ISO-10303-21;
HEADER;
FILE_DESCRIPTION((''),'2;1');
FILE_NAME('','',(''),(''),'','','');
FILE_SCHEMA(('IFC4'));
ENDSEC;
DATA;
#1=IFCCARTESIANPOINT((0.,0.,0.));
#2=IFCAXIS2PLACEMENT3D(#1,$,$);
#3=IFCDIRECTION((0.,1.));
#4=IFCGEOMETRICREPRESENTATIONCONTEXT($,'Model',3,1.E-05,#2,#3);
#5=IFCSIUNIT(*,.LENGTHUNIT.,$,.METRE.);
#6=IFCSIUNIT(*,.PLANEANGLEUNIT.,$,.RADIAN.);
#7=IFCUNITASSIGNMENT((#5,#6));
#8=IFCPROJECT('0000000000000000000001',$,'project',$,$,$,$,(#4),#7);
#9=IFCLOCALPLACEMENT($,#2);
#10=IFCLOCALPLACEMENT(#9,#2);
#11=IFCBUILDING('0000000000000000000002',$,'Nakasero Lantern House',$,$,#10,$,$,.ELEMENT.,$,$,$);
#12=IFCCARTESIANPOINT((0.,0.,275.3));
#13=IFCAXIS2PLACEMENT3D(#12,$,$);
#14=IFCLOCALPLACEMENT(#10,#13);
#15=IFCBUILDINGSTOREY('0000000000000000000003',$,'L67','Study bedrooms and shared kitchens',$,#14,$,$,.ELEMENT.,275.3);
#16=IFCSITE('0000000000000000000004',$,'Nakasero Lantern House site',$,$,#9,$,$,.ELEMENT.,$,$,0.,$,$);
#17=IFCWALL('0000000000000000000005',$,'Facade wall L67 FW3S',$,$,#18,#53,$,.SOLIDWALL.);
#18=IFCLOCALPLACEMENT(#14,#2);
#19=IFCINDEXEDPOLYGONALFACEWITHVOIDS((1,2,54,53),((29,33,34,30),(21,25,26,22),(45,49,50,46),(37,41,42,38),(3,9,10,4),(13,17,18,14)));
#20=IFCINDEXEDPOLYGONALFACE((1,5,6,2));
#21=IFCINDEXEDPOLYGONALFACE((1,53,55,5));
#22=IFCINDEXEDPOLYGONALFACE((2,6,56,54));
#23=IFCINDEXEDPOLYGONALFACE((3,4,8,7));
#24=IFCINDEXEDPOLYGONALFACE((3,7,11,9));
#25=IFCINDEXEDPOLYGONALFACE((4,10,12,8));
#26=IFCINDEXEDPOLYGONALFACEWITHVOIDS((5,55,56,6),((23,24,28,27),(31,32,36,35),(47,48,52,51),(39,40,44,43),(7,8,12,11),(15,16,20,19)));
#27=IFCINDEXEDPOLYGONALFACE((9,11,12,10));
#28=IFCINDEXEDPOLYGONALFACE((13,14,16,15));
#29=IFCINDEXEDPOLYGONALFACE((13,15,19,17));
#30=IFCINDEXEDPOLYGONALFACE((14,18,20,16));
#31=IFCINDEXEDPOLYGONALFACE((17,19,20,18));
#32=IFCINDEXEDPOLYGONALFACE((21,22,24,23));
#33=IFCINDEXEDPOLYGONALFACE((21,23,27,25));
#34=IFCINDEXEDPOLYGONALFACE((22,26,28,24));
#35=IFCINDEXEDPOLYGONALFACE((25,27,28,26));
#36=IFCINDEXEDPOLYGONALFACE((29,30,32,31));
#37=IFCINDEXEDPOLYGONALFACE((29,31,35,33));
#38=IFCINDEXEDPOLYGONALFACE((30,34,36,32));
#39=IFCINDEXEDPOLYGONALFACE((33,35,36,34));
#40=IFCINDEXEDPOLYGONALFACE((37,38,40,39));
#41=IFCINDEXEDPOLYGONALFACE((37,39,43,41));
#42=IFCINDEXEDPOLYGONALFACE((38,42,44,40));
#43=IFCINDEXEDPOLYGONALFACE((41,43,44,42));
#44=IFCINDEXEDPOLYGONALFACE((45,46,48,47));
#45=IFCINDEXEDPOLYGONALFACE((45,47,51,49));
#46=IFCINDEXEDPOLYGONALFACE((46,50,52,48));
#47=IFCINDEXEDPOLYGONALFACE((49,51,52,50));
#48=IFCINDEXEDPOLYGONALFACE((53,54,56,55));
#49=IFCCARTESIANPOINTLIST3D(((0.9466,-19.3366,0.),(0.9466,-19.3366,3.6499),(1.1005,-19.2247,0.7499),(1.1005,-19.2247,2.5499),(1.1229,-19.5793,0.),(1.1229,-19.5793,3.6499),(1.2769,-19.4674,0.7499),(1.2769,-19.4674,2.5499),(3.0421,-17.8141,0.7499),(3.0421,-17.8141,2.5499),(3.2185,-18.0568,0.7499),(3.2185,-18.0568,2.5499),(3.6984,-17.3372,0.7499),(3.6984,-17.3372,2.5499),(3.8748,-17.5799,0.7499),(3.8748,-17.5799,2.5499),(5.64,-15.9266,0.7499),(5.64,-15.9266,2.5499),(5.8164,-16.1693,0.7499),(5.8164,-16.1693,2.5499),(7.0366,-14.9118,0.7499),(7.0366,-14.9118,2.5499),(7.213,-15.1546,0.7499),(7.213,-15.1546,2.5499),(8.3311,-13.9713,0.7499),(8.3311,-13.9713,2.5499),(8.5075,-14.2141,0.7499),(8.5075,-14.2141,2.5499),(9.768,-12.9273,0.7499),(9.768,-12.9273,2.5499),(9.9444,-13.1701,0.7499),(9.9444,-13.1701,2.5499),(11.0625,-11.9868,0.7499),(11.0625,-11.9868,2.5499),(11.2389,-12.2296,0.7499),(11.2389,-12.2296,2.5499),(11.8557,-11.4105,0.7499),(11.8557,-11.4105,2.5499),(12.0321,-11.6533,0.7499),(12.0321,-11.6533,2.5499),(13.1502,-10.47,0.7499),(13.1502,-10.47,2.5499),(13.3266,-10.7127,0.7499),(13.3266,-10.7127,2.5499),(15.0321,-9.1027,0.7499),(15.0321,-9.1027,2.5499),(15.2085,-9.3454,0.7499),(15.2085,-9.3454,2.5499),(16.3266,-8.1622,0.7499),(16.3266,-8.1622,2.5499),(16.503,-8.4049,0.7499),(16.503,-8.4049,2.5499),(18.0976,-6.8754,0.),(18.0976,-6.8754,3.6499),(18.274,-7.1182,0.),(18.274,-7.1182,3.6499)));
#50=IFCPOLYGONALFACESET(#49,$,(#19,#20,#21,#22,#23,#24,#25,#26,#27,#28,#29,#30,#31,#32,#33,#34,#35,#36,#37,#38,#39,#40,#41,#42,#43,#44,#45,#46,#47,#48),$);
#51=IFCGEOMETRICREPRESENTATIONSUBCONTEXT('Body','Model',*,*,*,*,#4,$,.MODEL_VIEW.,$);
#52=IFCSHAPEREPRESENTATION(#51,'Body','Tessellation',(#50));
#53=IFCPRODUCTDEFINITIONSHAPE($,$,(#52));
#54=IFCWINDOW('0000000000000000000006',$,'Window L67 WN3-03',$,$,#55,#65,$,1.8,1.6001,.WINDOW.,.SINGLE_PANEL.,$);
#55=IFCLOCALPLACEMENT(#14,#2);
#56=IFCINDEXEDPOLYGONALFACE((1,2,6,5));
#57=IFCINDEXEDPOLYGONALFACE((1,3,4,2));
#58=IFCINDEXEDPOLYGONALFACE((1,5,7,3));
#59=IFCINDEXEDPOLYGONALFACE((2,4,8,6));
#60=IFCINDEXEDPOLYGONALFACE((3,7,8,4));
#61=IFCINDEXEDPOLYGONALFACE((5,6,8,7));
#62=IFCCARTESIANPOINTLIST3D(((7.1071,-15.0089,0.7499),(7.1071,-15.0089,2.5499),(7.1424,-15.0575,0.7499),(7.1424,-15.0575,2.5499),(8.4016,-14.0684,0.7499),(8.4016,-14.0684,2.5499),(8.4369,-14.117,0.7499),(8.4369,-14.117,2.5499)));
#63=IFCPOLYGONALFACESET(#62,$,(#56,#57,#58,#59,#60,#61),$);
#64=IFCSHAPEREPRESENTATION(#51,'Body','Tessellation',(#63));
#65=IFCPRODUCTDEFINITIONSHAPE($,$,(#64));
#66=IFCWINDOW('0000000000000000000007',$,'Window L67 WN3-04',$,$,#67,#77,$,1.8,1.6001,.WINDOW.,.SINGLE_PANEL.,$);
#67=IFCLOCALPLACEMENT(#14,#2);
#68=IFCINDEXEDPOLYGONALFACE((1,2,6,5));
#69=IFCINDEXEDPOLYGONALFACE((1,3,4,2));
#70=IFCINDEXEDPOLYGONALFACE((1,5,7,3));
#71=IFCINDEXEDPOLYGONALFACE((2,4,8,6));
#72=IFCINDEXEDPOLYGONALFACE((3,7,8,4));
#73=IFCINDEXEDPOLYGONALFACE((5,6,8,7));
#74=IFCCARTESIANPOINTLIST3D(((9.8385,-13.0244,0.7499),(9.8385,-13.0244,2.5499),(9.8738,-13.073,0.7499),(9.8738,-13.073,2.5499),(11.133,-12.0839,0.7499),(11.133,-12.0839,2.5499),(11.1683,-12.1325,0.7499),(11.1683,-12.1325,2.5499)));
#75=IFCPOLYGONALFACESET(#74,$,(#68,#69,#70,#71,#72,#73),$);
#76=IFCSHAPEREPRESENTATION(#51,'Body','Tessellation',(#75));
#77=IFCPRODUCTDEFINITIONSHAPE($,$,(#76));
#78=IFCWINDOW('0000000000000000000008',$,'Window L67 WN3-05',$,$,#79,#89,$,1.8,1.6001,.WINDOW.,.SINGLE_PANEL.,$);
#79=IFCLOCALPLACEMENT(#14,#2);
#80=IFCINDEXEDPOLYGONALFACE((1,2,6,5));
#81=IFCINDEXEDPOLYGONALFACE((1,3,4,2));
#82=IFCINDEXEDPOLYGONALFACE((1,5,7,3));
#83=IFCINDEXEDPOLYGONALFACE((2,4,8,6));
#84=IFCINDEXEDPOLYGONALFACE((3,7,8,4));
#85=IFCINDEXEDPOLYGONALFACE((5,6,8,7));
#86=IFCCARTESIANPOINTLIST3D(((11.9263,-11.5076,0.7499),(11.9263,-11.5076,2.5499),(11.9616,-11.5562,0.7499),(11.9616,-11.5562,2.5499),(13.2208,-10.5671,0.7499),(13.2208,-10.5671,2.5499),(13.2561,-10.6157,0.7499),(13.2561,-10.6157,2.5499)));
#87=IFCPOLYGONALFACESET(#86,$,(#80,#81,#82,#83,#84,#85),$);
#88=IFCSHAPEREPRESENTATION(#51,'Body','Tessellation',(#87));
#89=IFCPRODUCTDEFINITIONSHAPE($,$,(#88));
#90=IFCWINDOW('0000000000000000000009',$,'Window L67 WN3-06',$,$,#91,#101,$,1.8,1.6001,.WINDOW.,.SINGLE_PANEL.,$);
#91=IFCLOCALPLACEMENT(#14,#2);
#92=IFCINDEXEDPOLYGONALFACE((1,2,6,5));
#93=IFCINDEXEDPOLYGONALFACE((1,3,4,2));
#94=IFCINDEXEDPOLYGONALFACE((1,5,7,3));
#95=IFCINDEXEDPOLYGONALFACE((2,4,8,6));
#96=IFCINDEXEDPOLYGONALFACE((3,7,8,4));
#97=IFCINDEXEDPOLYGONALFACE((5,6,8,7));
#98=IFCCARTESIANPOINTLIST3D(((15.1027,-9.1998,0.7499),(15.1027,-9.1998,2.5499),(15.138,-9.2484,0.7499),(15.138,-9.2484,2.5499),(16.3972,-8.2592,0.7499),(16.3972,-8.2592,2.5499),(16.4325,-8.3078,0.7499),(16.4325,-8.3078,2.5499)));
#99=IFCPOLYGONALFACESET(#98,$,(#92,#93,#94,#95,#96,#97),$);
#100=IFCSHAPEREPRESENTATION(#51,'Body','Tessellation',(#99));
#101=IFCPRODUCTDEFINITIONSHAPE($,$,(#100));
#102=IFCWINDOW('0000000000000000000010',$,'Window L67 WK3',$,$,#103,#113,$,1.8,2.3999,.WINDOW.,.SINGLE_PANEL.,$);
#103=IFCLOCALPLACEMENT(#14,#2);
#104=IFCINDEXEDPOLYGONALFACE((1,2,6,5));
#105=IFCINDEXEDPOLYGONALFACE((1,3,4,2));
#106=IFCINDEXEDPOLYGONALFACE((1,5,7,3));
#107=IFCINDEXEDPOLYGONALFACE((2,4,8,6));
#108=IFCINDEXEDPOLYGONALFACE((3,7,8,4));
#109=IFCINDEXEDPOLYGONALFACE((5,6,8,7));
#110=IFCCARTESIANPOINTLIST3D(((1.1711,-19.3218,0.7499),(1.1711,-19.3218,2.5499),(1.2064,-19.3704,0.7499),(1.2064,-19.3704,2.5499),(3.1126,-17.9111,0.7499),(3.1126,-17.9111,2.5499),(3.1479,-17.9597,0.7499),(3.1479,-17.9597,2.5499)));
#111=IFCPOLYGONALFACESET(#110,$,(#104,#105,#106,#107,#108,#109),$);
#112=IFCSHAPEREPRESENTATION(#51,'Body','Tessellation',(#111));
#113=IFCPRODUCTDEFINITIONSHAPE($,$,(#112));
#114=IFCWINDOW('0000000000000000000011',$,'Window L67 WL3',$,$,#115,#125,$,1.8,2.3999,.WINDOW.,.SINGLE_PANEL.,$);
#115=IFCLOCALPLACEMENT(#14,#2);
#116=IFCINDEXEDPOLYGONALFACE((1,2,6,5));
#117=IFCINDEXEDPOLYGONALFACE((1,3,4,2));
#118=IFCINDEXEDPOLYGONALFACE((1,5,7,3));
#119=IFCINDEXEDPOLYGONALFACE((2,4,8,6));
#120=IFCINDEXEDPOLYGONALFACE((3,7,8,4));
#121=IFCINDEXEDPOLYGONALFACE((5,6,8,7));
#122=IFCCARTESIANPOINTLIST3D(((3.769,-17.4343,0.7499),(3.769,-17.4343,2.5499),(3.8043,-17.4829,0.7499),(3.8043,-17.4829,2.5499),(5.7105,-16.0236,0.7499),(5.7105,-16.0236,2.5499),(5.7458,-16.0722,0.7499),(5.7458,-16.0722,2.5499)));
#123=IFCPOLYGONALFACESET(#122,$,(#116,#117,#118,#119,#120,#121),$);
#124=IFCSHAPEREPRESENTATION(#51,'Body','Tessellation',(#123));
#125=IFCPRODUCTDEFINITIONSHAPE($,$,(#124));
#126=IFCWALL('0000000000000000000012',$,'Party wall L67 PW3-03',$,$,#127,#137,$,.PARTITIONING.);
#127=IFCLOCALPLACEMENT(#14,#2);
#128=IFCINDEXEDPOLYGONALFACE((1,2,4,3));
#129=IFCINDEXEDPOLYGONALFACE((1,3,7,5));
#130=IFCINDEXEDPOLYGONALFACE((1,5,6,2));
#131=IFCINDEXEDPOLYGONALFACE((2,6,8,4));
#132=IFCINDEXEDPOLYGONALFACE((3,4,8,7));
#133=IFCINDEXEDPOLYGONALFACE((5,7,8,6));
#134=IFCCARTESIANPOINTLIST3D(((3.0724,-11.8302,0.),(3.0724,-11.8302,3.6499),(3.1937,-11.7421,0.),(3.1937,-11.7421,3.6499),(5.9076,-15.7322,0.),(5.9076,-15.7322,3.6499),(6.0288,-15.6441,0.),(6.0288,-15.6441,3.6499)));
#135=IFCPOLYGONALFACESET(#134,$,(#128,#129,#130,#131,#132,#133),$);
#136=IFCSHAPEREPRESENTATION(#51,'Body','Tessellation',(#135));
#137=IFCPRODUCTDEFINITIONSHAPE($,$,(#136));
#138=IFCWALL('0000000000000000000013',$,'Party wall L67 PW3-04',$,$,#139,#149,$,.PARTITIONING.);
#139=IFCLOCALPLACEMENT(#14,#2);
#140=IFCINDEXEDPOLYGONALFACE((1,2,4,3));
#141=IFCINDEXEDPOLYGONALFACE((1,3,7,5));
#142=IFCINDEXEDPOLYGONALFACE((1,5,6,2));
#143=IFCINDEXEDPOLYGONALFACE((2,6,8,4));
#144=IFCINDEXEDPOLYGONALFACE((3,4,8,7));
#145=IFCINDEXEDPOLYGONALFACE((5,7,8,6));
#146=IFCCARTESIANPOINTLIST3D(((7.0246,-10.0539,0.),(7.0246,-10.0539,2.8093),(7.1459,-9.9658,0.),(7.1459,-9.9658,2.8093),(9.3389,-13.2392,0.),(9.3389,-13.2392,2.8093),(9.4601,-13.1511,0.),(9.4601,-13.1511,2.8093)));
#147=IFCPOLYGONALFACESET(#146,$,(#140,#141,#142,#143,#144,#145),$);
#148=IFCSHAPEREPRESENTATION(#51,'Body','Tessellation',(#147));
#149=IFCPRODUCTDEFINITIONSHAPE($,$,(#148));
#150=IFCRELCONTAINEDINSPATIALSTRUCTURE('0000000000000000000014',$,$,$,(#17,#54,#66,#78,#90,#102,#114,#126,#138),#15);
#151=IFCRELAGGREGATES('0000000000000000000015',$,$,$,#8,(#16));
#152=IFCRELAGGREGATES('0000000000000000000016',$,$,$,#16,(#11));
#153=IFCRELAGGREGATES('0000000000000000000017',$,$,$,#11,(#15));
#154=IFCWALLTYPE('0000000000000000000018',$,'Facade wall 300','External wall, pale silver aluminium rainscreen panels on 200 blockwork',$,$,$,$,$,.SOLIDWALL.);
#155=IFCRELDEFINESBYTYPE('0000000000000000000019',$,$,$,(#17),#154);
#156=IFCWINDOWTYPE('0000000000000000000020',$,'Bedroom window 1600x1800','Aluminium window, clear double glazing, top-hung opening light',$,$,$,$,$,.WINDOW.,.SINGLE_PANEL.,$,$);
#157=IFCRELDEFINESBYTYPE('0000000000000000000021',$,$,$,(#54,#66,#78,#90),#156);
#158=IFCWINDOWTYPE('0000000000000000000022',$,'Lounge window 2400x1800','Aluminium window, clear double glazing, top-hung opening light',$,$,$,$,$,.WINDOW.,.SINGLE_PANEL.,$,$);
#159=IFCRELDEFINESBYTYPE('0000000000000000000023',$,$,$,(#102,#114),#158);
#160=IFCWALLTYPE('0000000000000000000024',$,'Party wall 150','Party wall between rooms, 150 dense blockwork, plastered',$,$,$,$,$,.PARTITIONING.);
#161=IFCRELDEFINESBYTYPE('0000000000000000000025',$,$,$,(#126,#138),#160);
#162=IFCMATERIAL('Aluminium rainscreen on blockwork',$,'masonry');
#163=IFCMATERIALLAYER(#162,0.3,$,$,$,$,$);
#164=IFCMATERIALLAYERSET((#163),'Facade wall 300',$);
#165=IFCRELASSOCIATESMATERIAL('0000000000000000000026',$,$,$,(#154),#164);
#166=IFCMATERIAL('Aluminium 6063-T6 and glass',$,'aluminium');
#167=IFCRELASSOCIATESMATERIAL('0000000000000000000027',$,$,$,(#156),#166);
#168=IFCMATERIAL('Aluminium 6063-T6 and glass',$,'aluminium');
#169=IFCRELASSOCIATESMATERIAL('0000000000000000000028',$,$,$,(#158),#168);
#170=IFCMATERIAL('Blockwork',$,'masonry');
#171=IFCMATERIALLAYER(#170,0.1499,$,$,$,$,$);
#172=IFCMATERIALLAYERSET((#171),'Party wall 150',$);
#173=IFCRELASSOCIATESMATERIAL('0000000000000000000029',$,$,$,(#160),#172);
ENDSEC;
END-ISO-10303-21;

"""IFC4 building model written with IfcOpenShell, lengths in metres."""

from ifc_helpers import new_model, si_unit, direction, frame, frame_2d, origin, place, context, subcontext, project, spatial, rectangle, extrude, material, layer, layer_set, type_object, element, fill, save


model = new_model("IFC4")

# Units and contexts
model_context = context("Model", 3, precision=1e-05, world=origin(), true_north=direction((0.0, 1.0)))
body_context = subcontext(model_context, "Body", "Model", "MODEL_VIEW")
ifc_project = project(units=[si_unit("LENGTHUNIT", "METRE"), si_unit("PLANEANGLEUNIT", "RADIAN")], contexts=[model_context])

# Site, building, storey
site_placement = place(None, origin())
site = spatial("IfcSite", under=ifc_project, at=site_placement, Name="Nakasero Lantern House site", CompositionType="ELEMENT", RefElevation=0.0)
building_placement = place(site_placement, origin())
building = spatial("IfcBuilding", under=site, at=building_placement, Name="Nakasero Lantern House", CompositionType="ELEMENT")
storey_placement = place(building_placement, frame((0.0, 0.0, 275.3)))
storey = spatial("IfcBuildingStorey", under=building, at=storey_placement, Name="L67", Description="Study bedrooms and shared kitchens", CompositionType="ELEMENT", Elevation=275.3)

# Wall, openings, windows
ifc_material_1 = material(Name="Aluminium rainscreen on blockwork", Category="masonry")
ifc_layer_1 = layer(ifc_material_1, 0.3)
ifc_layer_set_1 = layer_set([ifc_layer_1], Name="Facade wall 300")
wall_type_1 = type_object("IfcWallType", Name="Facade wall 300", Description="External wall, pale silver aluminium rainscreen panels on 200 blockwork", PredefinedType="SOLIDWALL", material=ifc_layer_set_1)
wall_1_placement = place(storey_placement, frame((1.0347, -19.458, 0.0), z_axis=(0.0, 0.0, 1.0), x_axis=(0.809013, 0.58779, 0.0)))
wall_1 = element("IfcWall", 1, at=wall_1_placement, inside=storey, type_object=wall_type_1, Name="Facade wall L67 FW3S", PredefinedType="SOLIDWALL", context=body_context, shape_type="SweptSolid", body=[
    extrude(rectangle(XDim=21.2, YDim=0.3, at=frame_2d((10.6001, 0.0))), origin(), (0.0, 0.0, 1.0), 3.6499),
])
opening_1_placement = place(wall_1_placement, frame((7.5278, 0.0, 0.75)))
opening_1 = element("IfcOpeningElement", 2, at=opening_1_placement, cuts=wall_1, PredefinedType="OPENING", context=body_context, shape_type="SweptSolid", body=[
    extrude(rectangle(XDim=1.6001, YDim=1.8, at=frame_2d((0.8, 0.8999))), frame((0.0, 0.1699, 0.0), z_axis=(0.0, -1.0, 0.0), x_axis=(1.0, 0.0, 0.0)), (0.0, 0.0, 1.0), 0.3401),
])
opening_2_placement = place(wall_1_placement, frame((10.9041, 0.0, 0.75)))
opening_2 = element("IfcOpeningElement", 3, at=opening_2_placement, cuts=wall_1, PredefinedType="OPENING", context=body_context, shape_type="SweptSolid", body=[
    extrude(rectangle(XDim=1.6001, YDim=1.8, at=frame_2d((0.8, 0.8999))), frame((0.0, 0.1699, 0.0), z_axis=(0.0, -1.0, 0.0), x_axis=(1.0, 0.0, 0.0)), (0.0, 0.0, 1.0), 0.3401),
])
opening_3_placement = place(wall_1_placement, frame((13.4846, 0.0, 0.75)))
opening_3 = element("IfcOpeningElement", 4, at=opening_3_placement, cuts=wall_1, PredefinedType="OPENING", context=body_context, shape_type="SweptSolid", body=[
    extrude(rectangle(XDim=1.6001, YDim=1.8, at=frame_2d((0.8, 0.8999))), frame((0.0, 0.1699, 0.0), z_axis=(0.0, -1.0, 0.0), x_axis=(1.0, 0.0, 0.0)), (0.0, 0.0, 1.0), 0.3401),
])
opening_4_placement = place(wall_1_placement, frame((17.4109, 0.0, 0.75)))
opening_4 = element("IfcOpeningElement", 5, at=opening_4_placement, cuts=wall_1, PredefinedType="OPENING", context=body_context, shape_type="SweptSolid", body=[
    extrude(rectangle(XDim=1.6001, YDim=1.8, at=frame_2d((0.8, 0.8999))), frame((0.0, 0.1699, 0.0), z_axis=(0.0, -1.0, 0.0), x_axis=(1.0, 0.0, 0.0)), (0.0, 0.0, 1.0), 0.3401),
])
opening_5_placement = place(wall_1_placement, frame((0.1904, 0.0, 0.75)))
opening_5 = element("IfcOpeningElement", 6, at=opening_5_placement, cuts=wall_1, PredefinedType="OPENING", context=body_context, shape_type="SweptSolid", body=[
    extrude(rectangle(XDim=2.3999, YDim=1.8, at=frame_2d((1.2, 0.8999))), frame((0.0, 0.1699, 0.0), z_axis=(0.0, -1.0, 0.0), x_axis=(1.0, 0.0, 0.0)), (0.0, 0.0, 1.0), 0.3401),
])
opening_6_placement = place(wall_1_placement, frame((3.4016, 0.0, 0.75)))
opening_6 = element("IfcOpeningElement", 7, at=opening_6_placement, cuts=wall_1, PredefinedType="OPENING", context=body_context, shape_type="SweptSolid", body=[
    extrude(rectangle(XDim=2.3999, YDim=1.8, at=frame_2d((1.2, 0.8999))), frame((0.0, 0.1699, 0.0), z_axis=(0.0, -1.0, 0.0), x_axis=(1.0, 0.0, 0.0)), (0.0, 0.0, 1.0), 0.3401),
])
ifc_material_2 = material(Name="Aluminium 6063-T6 and glass", Category="aluminium")
window_type_1 = type_object("IfcWindowType", Name="Bedroom window 1600x1800", Description="Aluminium window, clear double glazing, top-hung opening light", PartitioningType="SINGLE_PANEL", PredefinedType="WINDOW", material=ifc_material_2)
window_1_placement = place(opening_1_placement, origin())
window_1 = element("IfcWindow", 8, at=window_1_placement, inside=storey, type_object=window_type_1, Name="Window L67 WN3-03", OverallHeight=1.8, OverallWidth=1.6001, PartitioningType="SINGLE_PANEL", PredefinedType="WINDOW", context=body_context, shape_type="SweptSolid", body=[
    extrude(rectangle(XDim=1.6001, YDim=1.8, at=frame_2d((0.8, 0.8999))), frame((0.0, 0.03, 0.0), z_axis=(0.0, -1.0, 0.0), x_axis=(1.0, 0.0, 0.0)), (0.0, 0.0, 1.0), 0.0601),
])
fill(opening_1, window_1)
window_2_placement = place(opening_2_placement, origin())
window_2 = element("IfcWindow", 9, at=window_2_placement, inside=storey, type_object=window_type_1, Name="Window L67 WN3-04", OverallHeight=1.8, OverallWidth=1.6001, PartitioningType="SINGLE_PANEL", PredefinedType="WINDOW", context=body_context, shape_type="SweptSolid", body=[
    extrude(rectangle(XDim=1.6001, YDim=1.8, at=frame_2d((0.8, 0.8999))), frame((0.0, 0.03, 0.0), z_axis=(0.0, -1.0, 0.0), x_axis=(1.0, 0.0, 0.0)), (0.0, 0.0, 1.0), 0.0601),
])
fill(opening_2, window_2)
window_3_placement = place(opening_3_placement, origin())
window_3 = element("IfcWindow", 10, at=window_3_placement, inside=storey, type_object=window_type_1, Name="Window L67 WN3-05", OverallHeight=1.8, OverallWidth=1.6001, PartitioningType="SINGLE_PANEL", PredefinedType="WINDOW", context=body_context, shape_type="SweptSolid", body=[
    extrude(rectangle(XDim=1.6001, YDim=1.8, at=frame_2d((0.8, 0.8999))), frame((0.0, 0.03, 0.0), z_axis=(0.0, -1.0, 0.0), x_axis=(1.0, 0.0, 0.0)), (0.0, 0.0, 1.0), 0.0601),
])
fill(opening_3, window_3)
window_4_placement = place(opening_4_placement, origin())
window_4 = element("IfcWindow", 11, at=window_4_placement, inside=storey, type_object=window_type_1, Name="Window L67 WN3-06", OverallHeight=1.8, OverallWidth=1.6001, PartitioningType="SINGLE_PANEL", PredefinedType="WINDOW", context=body_context, shape_type="SweptSolid", body=[
    extrude(rectangle(XDim=1.6001, YDim=1.8, at=frame_2d((0.8, 0.8999))), frame((0.0, 0.03, 0.0), z_axis=(0.0, -1.0, 0.0), x_axis=(1.0, 0.0, 0.0)), (0.0, 0.0, 1.0), 0.0601),
])
fill(opening_4, window_4)
ifc_material_3 = material(Name="Aluminium 6063-T6 and glass", Category="aluminium")
window_type_2 = type_object("IfcWindowType", Name="Lounge window 2400x1800", Description="Aluminium window, clear double glazing, top-hung opening light", PartitioningType="SINGLE_PANEL", PredefinedType="WINDOW", material=ifc_material_3)
window_5_placement = place(opening_5_placement, origin())
window_5 = element("IfcWindow", 12, at=window_5_placement, inside=storey, type_object=window_type_2, Name="Window L67 WK3", OverallHeight=1.8, OverallWidth=2.3999, PartitioningType="SINGLE_PANEL", PredefinedType="WINDOW", context=body_context, shape_type="SweptSolid", body=[
    extrude(rectangle(XDim=2.3999, YDim=1.8, at=frame_2d((1.2, 0.8999))), frame((0.0, 0.03, 0.0), z_axis=(0.0, -1.0, 0.0), x_axis=(1.0, 0.0, 0.0)), (0.0, 0.0, 1.0), 0.0601),
])
fill(opening_5, window_5)
window_6_placement = place(opening_6_placement, origin())
window_6 = element("IfcWindow", 13, at=window_6_placement, inside=storey, type_object=window_type_2, Name="Window L67 WL3", OverallHeight=1.8, OverallWidth=2.3999, PartitioningType="SINGLE_PANEL", PredefinedType="WINDOW", context=body_context, shape_type="SweptSolid", body=[
    extrude(rectangle(XDim=2.3999, YDim=1.8, at=frame_2d((1.2, 0.8999))), frame((0.0, 0.03, 0.0), z_axis=(0.0, -1.0, 0.0), x_axis=(1.0, 0.0, 0.0)), (0.0, 0.0, 1.0), 0.0601),
])
fill(opening_6, window_6)

# Walls
ifc_material_4 = material(Name="Blockwork", Category="masonry")
ifc_layer_2 = layer(ifc_material_4, 0.1499)
ifc_layer_set_2 = layer_set([ifc_layer_2], Name="Party wall 150")
wall_type_2 = type_object("IfcWallType", Name="Party wall 150", Description="Party wall between rooms, 150 dense blockwork, plastered", PredefinedType="PARTITIONING", material=ifc_layer_set_2)
wall_2_placement = place(storey_placement, frame((3.1331, -11.7861, 0.0), z_axis=(0.0, 0.0, 1.0), x_axis=(0.587807, -0.809001, 0.0)))
element("IfcWall", 14, at=wall_2_placement, inside=storey, type_object=wall_type_2, Name="Party wall L67 PW3-03", PredefinedType="PARTITIONING", context=body_context, shape_type="SweptSolid", body=[
    extrude(rectangle(XDim=4.8232, YDim=0.1499, at=frame_2d((2.4116, 0.0))), origin(), (0.0, 0.0, 1.0), 3.6499),
])
wall_3_placement = place(storey_placement, frame((7.0852, -10.0098, 0.0), z_axis=(0.0, 0.0, 1.0), x_axis=(0.587777, -0.809023, 0.0)))
element("IfcWall", 15, at=wall_3_placement, inside=storey, type_object=wall_type_2, Name="Party wall L67 PW3-04", PredefinedType="PARTITIONING", context=body_context, shape_type="SweptSolid", body=[
    extrude(rectangle(XDim=3.9373, YDim=0.1499, at=frame_2d((1.9688, 0.0))), origin(), (0.0, 0.0, 1.0), 2.8093),
])

save(model, "model.ifc")
